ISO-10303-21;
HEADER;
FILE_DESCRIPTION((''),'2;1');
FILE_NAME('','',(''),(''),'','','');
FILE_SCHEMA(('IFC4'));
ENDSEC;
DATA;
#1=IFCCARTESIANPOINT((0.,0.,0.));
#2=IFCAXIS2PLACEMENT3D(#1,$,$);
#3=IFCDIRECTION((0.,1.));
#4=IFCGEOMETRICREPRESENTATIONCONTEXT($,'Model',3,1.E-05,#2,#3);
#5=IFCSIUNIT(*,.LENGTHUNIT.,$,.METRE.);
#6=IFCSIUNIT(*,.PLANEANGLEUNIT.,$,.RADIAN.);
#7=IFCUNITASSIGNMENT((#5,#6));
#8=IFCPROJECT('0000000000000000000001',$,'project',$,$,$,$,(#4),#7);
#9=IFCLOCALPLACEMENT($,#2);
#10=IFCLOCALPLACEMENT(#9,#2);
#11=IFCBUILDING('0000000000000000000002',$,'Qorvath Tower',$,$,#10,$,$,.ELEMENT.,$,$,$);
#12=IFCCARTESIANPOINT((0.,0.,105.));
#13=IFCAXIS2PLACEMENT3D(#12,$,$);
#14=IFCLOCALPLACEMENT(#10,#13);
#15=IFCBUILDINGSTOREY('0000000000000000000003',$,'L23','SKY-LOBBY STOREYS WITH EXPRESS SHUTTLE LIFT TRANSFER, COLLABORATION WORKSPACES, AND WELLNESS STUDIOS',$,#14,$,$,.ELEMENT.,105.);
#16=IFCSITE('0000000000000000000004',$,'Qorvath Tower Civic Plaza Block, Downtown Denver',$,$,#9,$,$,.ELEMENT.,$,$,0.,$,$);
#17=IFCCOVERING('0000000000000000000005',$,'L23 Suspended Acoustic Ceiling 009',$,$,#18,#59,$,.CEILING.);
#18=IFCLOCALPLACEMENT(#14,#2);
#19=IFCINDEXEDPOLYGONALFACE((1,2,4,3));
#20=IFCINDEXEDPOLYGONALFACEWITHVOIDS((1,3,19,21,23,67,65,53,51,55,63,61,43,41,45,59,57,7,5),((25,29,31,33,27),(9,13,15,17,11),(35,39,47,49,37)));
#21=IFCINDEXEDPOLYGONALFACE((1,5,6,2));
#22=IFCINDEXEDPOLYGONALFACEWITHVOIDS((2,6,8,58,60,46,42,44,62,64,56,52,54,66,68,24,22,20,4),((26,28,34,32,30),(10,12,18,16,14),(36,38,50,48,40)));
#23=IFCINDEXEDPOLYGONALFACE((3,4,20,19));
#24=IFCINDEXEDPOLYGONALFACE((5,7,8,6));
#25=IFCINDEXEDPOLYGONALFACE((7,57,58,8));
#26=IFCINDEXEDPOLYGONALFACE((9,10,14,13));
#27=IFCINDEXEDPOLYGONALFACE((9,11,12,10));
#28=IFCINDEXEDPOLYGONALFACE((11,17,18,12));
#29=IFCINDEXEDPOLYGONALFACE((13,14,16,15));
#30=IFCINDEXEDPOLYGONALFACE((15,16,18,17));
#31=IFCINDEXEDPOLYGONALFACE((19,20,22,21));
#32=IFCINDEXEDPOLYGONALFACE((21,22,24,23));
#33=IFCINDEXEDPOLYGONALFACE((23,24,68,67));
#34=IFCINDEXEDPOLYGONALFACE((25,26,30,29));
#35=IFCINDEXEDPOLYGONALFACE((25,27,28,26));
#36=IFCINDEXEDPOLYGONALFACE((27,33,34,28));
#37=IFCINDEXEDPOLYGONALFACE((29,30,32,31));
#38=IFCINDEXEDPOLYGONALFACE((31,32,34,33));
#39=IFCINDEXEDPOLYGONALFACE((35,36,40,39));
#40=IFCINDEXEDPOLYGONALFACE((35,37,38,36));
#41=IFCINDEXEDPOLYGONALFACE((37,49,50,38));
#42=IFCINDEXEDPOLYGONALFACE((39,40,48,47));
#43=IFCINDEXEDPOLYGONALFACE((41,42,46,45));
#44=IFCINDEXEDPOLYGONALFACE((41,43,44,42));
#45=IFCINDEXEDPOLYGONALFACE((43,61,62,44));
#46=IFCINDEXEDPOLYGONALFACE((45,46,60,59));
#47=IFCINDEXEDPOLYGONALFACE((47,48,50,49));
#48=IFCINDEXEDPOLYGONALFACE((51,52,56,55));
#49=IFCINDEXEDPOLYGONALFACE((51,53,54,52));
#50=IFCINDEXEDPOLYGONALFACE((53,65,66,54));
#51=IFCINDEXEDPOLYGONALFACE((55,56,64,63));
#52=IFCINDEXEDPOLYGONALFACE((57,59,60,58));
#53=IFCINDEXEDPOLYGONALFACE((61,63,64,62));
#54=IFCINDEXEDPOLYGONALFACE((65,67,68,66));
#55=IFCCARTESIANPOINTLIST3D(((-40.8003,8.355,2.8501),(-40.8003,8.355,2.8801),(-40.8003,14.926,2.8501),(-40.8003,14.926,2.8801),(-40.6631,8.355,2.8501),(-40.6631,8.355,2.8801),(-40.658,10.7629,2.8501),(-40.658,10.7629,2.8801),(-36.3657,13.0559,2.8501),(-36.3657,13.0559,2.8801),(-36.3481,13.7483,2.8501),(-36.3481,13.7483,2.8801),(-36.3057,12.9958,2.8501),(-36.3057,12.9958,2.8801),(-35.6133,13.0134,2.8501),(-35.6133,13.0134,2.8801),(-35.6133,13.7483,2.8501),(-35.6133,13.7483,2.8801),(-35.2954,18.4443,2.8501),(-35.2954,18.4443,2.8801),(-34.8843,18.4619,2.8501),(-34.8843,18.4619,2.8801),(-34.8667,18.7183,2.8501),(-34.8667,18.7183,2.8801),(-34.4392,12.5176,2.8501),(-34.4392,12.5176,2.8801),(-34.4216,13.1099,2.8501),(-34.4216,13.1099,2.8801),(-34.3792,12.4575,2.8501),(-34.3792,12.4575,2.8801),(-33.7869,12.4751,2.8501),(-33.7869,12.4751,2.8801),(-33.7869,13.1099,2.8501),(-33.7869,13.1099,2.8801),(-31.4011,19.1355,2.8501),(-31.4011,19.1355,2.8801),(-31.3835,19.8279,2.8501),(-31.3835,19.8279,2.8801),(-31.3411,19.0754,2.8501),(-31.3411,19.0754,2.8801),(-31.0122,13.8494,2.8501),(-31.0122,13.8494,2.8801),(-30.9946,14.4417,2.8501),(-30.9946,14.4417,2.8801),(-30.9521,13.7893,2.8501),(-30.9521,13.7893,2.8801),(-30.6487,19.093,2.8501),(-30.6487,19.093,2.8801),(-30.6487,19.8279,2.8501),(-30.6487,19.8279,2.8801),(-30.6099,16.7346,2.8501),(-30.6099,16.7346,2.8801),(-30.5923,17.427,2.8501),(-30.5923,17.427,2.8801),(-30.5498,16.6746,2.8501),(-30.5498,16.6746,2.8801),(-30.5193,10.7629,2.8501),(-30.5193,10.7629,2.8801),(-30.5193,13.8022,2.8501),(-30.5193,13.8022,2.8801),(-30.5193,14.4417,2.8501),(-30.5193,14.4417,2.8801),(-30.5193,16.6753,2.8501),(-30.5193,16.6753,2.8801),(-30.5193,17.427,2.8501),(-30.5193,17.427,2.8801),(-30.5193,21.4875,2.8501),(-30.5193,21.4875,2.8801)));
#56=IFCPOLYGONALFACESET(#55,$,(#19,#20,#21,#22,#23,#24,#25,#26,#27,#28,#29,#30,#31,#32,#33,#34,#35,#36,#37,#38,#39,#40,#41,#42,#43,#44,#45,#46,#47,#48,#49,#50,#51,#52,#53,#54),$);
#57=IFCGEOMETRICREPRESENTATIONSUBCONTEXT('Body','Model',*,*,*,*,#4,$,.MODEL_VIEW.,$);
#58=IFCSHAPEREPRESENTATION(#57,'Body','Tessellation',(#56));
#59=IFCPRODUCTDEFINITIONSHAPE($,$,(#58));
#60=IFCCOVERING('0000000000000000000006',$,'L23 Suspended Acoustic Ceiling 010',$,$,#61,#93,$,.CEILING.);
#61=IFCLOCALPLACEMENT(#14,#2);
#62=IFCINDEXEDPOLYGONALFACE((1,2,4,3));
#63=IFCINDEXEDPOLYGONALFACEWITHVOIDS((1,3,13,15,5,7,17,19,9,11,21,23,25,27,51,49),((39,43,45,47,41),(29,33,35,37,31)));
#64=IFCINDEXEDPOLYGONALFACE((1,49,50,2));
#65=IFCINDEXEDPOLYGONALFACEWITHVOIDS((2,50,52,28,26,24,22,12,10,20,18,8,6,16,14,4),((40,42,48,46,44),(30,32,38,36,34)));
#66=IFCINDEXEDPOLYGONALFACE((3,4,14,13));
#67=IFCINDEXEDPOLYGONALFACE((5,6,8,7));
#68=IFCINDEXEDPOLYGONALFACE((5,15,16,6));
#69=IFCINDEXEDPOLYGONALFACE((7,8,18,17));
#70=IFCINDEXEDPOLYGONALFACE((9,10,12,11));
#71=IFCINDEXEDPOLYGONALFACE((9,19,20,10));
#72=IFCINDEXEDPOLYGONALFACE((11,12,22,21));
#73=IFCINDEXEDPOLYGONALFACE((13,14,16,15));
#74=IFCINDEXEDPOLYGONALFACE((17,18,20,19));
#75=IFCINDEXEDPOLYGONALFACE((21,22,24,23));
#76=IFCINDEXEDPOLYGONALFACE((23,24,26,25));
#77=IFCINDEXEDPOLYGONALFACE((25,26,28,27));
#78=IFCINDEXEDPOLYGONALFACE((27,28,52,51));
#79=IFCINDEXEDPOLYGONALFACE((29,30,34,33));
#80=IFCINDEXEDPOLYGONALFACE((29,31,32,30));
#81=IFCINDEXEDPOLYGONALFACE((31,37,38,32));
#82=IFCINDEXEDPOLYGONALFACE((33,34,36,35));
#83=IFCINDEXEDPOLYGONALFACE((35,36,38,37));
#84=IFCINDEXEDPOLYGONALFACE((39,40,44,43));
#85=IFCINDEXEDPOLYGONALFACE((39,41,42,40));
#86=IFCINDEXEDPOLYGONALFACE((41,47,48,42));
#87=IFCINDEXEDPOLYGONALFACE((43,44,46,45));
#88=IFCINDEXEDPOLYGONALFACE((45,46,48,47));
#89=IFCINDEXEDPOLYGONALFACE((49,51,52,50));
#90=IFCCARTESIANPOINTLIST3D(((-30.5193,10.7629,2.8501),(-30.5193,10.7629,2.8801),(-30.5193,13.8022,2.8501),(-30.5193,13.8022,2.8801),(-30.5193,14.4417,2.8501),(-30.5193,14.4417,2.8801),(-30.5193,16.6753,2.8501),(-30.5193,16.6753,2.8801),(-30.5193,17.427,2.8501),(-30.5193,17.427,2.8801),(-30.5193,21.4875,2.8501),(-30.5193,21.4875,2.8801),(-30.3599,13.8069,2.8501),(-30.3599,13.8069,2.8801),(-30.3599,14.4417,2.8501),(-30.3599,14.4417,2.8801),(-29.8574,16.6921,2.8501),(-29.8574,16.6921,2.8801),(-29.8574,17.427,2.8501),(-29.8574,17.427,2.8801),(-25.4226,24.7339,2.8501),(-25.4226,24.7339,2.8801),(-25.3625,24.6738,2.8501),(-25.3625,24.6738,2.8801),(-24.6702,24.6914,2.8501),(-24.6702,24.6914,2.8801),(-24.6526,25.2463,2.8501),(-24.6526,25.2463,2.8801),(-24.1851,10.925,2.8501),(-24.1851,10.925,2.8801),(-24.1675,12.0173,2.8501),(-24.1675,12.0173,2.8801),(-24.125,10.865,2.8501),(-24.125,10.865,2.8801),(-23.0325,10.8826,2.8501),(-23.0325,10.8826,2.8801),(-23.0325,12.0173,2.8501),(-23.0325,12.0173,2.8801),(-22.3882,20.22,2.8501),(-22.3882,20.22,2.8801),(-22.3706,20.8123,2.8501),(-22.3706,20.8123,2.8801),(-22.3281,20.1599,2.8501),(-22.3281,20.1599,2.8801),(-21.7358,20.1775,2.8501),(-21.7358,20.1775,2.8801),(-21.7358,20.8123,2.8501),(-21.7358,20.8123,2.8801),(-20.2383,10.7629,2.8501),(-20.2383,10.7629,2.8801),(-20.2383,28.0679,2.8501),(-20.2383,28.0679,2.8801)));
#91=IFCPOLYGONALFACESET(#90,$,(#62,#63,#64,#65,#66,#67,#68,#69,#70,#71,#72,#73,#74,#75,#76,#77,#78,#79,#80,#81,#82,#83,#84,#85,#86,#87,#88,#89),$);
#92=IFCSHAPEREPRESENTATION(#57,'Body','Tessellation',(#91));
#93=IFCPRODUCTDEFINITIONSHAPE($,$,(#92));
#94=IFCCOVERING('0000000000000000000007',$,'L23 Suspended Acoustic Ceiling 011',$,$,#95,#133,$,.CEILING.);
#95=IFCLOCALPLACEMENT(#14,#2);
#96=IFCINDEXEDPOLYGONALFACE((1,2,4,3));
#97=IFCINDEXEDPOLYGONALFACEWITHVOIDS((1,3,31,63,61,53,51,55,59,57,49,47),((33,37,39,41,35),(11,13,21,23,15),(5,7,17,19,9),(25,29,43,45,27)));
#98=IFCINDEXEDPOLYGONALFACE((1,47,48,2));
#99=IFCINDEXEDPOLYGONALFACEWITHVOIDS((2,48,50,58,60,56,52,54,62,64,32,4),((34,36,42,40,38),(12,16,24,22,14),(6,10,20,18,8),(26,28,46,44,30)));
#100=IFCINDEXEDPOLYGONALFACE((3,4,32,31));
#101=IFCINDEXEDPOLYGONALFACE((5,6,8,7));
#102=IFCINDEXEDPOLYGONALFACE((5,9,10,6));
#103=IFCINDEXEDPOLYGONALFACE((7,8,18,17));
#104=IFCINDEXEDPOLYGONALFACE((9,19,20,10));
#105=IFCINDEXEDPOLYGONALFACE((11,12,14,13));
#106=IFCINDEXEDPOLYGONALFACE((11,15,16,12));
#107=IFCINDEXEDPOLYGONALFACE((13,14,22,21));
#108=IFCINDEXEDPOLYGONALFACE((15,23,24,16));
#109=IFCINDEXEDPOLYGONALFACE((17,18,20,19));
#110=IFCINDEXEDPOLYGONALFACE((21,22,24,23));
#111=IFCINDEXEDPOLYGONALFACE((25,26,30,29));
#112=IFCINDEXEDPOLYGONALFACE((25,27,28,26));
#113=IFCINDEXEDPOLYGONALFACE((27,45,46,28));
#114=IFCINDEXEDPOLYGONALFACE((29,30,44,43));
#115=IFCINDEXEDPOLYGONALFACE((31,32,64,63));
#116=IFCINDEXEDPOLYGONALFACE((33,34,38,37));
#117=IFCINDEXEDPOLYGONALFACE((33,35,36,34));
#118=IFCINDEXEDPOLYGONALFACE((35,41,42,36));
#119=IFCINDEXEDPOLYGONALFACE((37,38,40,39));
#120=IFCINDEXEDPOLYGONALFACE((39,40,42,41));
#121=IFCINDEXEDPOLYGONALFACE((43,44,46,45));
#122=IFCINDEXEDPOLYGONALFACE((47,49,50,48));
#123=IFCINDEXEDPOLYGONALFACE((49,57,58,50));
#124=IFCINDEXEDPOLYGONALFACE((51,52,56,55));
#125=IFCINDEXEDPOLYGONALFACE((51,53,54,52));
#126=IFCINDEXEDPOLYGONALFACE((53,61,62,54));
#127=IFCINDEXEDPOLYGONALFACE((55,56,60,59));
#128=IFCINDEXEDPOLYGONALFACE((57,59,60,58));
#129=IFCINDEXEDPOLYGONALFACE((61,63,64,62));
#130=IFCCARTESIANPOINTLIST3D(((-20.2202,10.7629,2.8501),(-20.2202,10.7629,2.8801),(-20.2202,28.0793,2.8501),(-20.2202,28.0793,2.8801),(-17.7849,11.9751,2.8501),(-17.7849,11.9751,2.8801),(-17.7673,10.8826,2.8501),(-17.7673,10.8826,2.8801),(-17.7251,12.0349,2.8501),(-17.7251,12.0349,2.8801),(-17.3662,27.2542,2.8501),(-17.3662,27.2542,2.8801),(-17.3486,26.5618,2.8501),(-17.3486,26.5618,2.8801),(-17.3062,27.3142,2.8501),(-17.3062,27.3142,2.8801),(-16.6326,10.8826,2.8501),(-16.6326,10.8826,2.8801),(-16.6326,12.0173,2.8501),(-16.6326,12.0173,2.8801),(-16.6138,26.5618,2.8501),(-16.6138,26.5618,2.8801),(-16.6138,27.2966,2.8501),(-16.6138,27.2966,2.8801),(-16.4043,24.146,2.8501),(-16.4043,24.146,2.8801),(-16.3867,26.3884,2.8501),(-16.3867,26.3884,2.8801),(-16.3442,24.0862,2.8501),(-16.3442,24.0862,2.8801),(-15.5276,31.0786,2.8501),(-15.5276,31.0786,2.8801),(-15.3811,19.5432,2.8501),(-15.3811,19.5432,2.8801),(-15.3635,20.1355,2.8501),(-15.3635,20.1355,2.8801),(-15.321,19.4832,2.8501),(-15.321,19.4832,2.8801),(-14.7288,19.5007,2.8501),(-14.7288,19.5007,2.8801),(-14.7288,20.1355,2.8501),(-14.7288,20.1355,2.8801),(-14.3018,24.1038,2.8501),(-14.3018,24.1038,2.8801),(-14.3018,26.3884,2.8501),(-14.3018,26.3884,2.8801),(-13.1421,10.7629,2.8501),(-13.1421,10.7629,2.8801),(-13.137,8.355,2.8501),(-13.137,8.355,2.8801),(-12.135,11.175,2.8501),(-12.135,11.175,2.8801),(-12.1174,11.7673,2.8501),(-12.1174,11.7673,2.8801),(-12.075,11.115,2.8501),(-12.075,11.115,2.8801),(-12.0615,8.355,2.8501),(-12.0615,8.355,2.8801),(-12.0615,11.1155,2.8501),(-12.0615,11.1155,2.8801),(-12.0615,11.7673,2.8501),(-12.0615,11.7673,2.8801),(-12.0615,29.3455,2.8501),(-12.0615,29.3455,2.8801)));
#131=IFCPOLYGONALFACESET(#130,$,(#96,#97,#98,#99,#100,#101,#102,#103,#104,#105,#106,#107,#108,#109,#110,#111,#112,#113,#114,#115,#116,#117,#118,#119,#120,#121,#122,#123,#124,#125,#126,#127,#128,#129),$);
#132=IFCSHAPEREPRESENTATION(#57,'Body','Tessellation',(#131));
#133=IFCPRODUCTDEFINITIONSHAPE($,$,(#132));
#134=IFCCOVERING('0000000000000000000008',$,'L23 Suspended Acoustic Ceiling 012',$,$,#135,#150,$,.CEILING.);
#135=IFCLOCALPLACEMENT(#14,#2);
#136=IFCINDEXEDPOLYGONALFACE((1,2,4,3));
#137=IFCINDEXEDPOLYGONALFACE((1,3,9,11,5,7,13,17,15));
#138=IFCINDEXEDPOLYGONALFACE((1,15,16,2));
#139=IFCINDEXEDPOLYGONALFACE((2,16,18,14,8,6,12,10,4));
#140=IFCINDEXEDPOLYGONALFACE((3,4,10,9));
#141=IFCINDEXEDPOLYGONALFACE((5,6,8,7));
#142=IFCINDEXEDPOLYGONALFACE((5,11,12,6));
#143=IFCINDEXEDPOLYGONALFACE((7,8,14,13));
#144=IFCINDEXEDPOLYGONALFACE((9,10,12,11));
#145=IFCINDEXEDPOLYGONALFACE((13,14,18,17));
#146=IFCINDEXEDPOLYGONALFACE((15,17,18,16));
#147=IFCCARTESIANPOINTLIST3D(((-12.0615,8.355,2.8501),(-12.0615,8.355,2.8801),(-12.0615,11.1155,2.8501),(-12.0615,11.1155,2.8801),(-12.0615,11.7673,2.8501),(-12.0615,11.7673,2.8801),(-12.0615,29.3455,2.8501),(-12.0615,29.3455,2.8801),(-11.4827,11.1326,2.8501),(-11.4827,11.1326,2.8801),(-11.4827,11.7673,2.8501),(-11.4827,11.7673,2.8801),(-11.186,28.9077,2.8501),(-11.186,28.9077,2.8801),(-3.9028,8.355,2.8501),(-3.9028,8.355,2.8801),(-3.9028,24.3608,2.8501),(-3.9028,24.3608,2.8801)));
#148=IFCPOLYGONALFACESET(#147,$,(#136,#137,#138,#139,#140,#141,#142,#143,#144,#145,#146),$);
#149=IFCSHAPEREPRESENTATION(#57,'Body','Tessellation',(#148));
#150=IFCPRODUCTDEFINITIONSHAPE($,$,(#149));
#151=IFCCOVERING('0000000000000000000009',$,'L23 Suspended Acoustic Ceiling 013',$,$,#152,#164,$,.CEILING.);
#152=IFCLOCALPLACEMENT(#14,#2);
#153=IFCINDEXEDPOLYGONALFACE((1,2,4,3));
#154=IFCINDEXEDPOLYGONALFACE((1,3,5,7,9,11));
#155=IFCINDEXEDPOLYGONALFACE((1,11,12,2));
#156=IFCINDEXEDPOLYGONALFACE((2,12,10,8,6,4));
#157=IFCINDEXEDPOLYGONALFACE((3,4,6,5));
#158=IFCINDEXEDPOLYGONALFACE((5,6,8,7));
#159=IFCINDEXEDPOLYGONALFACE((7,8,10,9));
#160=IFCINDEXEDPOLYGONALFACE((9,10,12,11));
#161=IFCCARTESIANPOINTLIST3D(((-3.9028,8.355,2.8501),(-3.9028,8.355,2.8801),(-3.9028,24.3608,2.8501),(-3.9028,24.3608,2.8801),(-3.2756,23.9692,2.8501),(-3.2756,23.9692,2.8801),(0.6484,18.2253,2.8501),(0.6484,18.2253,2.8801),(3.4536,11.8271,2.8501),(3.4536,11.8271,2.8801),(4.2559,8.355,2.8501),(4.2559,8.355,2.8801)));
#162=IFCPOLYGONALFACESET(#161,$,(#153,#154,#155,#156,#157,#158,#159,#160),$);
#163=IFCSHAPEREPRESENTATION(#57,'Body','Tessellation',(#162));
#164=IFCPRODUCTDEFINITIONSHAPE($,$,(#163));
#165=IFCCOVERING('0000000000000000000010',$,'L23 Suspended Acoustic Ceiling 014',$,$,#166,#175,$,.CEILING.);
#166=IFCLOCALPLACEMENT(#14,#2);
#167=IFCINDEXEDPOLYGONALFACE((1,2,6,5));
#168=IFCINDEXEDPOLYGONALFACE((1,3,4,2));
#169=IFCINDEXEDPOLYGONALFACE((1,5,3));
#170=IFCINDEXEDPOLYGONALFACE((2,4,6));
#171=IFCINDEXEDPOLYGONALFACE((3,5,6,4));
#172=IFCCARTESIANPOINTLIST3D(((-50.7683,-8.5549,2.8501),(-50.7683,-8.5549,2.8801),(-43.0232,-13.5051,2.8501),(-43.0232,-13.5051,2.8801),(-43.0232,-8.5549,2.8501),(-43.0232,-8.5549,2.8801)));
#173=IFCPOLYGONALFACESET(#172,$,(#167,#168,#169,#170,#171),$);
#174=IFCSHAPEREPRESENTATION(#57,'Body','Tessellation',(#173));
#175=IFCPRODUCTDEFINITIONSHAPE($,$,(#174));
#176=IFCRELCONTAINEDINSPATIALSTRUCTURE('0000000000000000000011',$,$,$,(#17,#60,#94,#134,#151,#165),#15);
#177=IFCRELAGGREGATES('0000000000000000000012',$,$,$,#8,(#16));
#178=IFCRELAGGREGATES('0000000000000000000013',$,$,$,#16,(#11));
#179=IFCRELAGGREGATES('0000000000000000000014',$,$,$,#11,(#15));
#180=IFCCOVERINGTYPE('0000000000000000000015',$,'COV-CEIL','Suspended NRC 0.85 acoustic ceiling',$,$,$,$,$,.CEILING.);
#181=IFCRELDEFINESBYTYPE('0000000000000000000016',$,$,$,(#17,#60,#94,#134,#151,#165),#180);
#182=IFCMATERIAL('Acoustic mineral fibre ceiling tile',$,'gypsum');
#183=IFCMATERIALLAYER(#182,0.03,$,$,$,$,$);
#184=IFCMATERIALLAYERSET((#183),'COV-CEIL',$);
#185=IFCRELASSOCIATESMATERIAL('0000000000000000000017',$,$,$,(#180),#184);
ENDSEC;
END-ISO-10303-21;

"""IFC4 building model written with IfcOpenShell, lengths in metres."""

from ifc_helpers import new_model, si_unit, direction, frame, origin, place, context, subcontext, project, spatial, polyline, outline, extrude, material, layer, layer_set, type_object, element, save


model = new_model("IFC4")

# Units and contexts
model_context = context("Model", 3, precision=1e-05, world=origin(), true_north=direction((0.0, 1.0)))
body_context = subcontext(model_context, "Body", "Model", "MODEL_VIEW")
ifc_project = project(units=[si_unit("LENGTHUNIT", "METRE"), si_unit("PLANEANGLEUNIT", "RADIAN")], contexts=[model_context])

# Site, building, storey
site_placement = place(None, origin())
site = spatial("IfcSite", under=ifc_project, at=site_placement, Name="Qorvath Tower Civic Plaza Block, Downtown Denver", CompositionType="ELEMENT", RefElevation=0.0)
building_placement = place(site_placement, origin())
building = spatial("IfcBuilding", under=site, at=building_placement, Name="Qorvath Tower", CompositionType="ELEMENT")
storey_placement = place(building_placement, frame((0.0, 0.0, 105.0)))
storey = spatial("IfcBuildingStorey", under=building, at=storey_placement, Name="L23", Description="SKY-LOBBY STOREYS WITH EXPRESS SHUTTLE LIFT TRANSFER, COLLABORATION WORKSPACES, AND WELLNESS STUDIOS", CompositionType="ELEMENT", Elevation=105.0)

# Coverings
ifc_material_1 = material(Name="Acoustic mineral fibre ceiling tile", Category="gypsum")
ifc_layer_1 = layer(ifc_material_1, 0.03)
ifc_layer_set_1 = layer_set([ifc_layer_1], Name="COV-CEIL")
covering_type_1 = type_object("IfcCoveringType", Name="COV-CEIL", Description="Suspended NRC 0.85 acoustic ceiling", PredefinedType="CEILING", material=ifc_layer_set_1)
covering_1_placement = place(storey_placement, frame((0.0, 0.0, 2.8501)))
element("IfcCovering", 1, at=covering_1_placement, inside=storey, type_object=covering_type_1, Name="L23 Suspended Acoustic Ceiling 009", PredefinedType="CEILING", context=body_context, shape_type="SweptSolid", body=[
    extrude(outline(polyline([(-30.5193, 10.7629), (-30.5193, 13.8022), (-30.9521, 13.7893), (-31.0122, 13.8494), (-30.9946, 14.4417), (-30.5193, 14.4417), (-30.5193, 16.6753), (-30.5498, 16.6746), (-30.6099, 16.7346), (-30.5923, 17.427), (-30.5193, 17.427), (-30.5193, 21.4875), (-34.8667, 18.7183), (-34.8843, 18.4619), (-35.2954, 18.4443), (-40.8003, 14.926), (-40.8003, 8.355), (-40.6631, 8.355), (-40.658, 10.7629), (-30.5193, 10.7629)]), holes=[polyline([(-31.4011, 19.1355), (-31.3835, 19.8279), (-30.6487, 19.8279), (-30.6487, 19.093), (-31.3411, 19.0754), (-31.4011, 19.1355)]), polyline([(-34.4392, 12.5176), (-34.4216, 13.1099), (-33.7869, 13.1099), (-33.7869, 12.4751), (-34.3792, 12.4575), (-34.4392, 12.5176)]), polyline([(-36.3657, 13.0559), (-36.3481, 13.7483), (-35.6133, 13.7483), (-35.6133, 13.0134), (-36.3057, 12.9958), (-36.3657, 13.0559)])]), origin(), (0.0, 0.0, 1.0), 0.03),
])
covering_2_placement = place(storey_placement, frame((0.0, 0.0, 2.8501)))
element("IfcCovering", 2, at=covering_2_placement, inside=storey, type_object=covering_type_1, Name="L23 Suspended Acoustic Ceiling 010", PredefinedType="CEILING", context=body_context, shape_type="SweptSolid", body=[
    extrude(outline(polyline([(-25.4226, 24.7339), (-30.5193, 21.4875), (-30.5193, 17.427), (-29.8574, 17.427), (-29.8574, 16.6921), (-30.5193, 16.6753), (-30.5193, 14.4417), (-30.3599, 14.4417), (-30.3599, 13.8069), (-30.5193, 13.8022), (-30.5193, 10.7629), (-20.2383, 10.7629), (-20.2383, 28.0679), (-24.6526, 25.2463), (-24.6702, 24.6914), (-25.3625, 24.6738), (-25.4226, 24.7339)]), holes=[polyline([(-22.3882, 20.22), (-22.3706, 20.8123), (-21.7358, 20.8123), (-21.7358, 20.1775), (-22.3281, 20.1599), (-22.3882, 20.22)]), polyline([(-24.1851, 10.925), (-24.1675, 12.0173), (-23.0325, 12.0173), (-23.0325, 10.8826), (-24.125, 10.865), (-24.1851, 10.925)])]), origin(), (0.0, 0.0, 1.0), 0.03),
])
covering_3_placement = place(storey_placement, frame((0.0, 0.0, 2.8501)))
element("IfcCovering", 3, at=covering_3_placement, inside=storey, type_object=covering_type_1, Name="L23 Suspended Acoustic Ceiling 011", PredefinedType="CEILING", context=body_context, shape_type="SweptSolid", body=[
    extrude(outline(polyline([(-12.0615, 8.355), (-12.0615, 11.1155), (-12.075, 11.115), (-12.135, 11.175), (-12.1174, 11.7673), (-12.0615, 11.7673), (-12.0615, 29.3455), (-15.5276, 31.0786), (-20.2202, 28.0793), (-20.2202, 10.7629), (-13.1421, 10.7629), (-13.137, 8.355), (-12.0615, 8.355)]), holes=[polyline([(-16.4043, 24.146), (-16.3867, 26.3884), (-14.3018, 26.3884), (-14.3018, 24.1038), (-16.3442, 24.0862), (-16.4043, 24.146)]), polyline([(-15.3811, 19.5432), (-15.3635, 20.1355), (-14.7288, 20.1355), (-14.7288, 19.5007), (-15.321, 19.4832), (-15.3811, 19.5432)]), polyline([(-17.3662, 27.2542), (-17.3062, 27.3142), (-16.6138, 27.2966), (-16.6138, 26.5618), (-17.3486, 26.5618), (-17.3662, 27.2542)]), polyline([(-17.7849, 11.9751), (-17.7251, 12.0349), (-16.6326, 12.0173), (-16.6326, 10.8826), (-17.7673, 10.8826), (-17.7849, 11.9751)])]), origin(), (0.0, 0.0, 1.0), 0.03),
])
covering_4_placement = place(storey_placement, frame((0.0, 0.0, 2.8501)))
element("IfcCovering", 4, at=covering_4_placement, inside=storey, type_object=covering_type_1, Name="L23 Suspended Acoustic Ceiling 012", PredefinedType="CEILING", context=body_context, shape_type="SweptSolid", body=[
    extrude(outline(polyline([(-3.9028, 8.355), (-3.9028, 24.3608), (-11.186, 28.9077), (-12.0615, 29.3455), (-12.0615, 11.7673), (-11.4827, 11.7673), (-11.4827, 11.1326), (-12.0615, 11.1155), (-12.0615, 8.355), (-3.9028, 8.355)])), origin(), (0.0, 0.0, 1.0), 0.03),
])
covering_5_placement = place(storey_placement, frame((0.0, 0.0, 2.8501)))
element("IfcCovering", 5, at=covering_5_placement, inside=storey, type_object=covering_type_1, Name="L23 Suspended Acoustic Ceiling 013", PredefinedType="CEILING", context=body_context, shape_type="SweptSolid", body=[
    extrude(outline(polyline([(0.6484, 18.2253), (-3.2756, 23.9692), (-3.9028, 24.3608), (-3.9028, 8.355), (4.2559, 8.355), (3.4536, 11.8271), (0.6484, 18.2253)])), origin(), (0.0, 0.0, 1.0), 0.03),
])
covering_6_placement = place(storey_placement, frame((0.0, 0.0, 2.8501)))
element("IfcCovering", 6, at=covering_6_placement, inside=storey, type_object=covering_type_1, Name="L23 Suspended Acoustic Ceiling 014", PredefinedType="CEILING", context=body_context, shape_type="SweptSolid", body=[
    extrude(outline(polyline([(-43.0232, -13.5051), (-43.0232, -8.5549), (-50.7683, -8.5549), (-43.0232, -13.5051)])), origin(), (0.0, 0.0, 1.0), 0.03),
])

save(model, "model.ifc")
